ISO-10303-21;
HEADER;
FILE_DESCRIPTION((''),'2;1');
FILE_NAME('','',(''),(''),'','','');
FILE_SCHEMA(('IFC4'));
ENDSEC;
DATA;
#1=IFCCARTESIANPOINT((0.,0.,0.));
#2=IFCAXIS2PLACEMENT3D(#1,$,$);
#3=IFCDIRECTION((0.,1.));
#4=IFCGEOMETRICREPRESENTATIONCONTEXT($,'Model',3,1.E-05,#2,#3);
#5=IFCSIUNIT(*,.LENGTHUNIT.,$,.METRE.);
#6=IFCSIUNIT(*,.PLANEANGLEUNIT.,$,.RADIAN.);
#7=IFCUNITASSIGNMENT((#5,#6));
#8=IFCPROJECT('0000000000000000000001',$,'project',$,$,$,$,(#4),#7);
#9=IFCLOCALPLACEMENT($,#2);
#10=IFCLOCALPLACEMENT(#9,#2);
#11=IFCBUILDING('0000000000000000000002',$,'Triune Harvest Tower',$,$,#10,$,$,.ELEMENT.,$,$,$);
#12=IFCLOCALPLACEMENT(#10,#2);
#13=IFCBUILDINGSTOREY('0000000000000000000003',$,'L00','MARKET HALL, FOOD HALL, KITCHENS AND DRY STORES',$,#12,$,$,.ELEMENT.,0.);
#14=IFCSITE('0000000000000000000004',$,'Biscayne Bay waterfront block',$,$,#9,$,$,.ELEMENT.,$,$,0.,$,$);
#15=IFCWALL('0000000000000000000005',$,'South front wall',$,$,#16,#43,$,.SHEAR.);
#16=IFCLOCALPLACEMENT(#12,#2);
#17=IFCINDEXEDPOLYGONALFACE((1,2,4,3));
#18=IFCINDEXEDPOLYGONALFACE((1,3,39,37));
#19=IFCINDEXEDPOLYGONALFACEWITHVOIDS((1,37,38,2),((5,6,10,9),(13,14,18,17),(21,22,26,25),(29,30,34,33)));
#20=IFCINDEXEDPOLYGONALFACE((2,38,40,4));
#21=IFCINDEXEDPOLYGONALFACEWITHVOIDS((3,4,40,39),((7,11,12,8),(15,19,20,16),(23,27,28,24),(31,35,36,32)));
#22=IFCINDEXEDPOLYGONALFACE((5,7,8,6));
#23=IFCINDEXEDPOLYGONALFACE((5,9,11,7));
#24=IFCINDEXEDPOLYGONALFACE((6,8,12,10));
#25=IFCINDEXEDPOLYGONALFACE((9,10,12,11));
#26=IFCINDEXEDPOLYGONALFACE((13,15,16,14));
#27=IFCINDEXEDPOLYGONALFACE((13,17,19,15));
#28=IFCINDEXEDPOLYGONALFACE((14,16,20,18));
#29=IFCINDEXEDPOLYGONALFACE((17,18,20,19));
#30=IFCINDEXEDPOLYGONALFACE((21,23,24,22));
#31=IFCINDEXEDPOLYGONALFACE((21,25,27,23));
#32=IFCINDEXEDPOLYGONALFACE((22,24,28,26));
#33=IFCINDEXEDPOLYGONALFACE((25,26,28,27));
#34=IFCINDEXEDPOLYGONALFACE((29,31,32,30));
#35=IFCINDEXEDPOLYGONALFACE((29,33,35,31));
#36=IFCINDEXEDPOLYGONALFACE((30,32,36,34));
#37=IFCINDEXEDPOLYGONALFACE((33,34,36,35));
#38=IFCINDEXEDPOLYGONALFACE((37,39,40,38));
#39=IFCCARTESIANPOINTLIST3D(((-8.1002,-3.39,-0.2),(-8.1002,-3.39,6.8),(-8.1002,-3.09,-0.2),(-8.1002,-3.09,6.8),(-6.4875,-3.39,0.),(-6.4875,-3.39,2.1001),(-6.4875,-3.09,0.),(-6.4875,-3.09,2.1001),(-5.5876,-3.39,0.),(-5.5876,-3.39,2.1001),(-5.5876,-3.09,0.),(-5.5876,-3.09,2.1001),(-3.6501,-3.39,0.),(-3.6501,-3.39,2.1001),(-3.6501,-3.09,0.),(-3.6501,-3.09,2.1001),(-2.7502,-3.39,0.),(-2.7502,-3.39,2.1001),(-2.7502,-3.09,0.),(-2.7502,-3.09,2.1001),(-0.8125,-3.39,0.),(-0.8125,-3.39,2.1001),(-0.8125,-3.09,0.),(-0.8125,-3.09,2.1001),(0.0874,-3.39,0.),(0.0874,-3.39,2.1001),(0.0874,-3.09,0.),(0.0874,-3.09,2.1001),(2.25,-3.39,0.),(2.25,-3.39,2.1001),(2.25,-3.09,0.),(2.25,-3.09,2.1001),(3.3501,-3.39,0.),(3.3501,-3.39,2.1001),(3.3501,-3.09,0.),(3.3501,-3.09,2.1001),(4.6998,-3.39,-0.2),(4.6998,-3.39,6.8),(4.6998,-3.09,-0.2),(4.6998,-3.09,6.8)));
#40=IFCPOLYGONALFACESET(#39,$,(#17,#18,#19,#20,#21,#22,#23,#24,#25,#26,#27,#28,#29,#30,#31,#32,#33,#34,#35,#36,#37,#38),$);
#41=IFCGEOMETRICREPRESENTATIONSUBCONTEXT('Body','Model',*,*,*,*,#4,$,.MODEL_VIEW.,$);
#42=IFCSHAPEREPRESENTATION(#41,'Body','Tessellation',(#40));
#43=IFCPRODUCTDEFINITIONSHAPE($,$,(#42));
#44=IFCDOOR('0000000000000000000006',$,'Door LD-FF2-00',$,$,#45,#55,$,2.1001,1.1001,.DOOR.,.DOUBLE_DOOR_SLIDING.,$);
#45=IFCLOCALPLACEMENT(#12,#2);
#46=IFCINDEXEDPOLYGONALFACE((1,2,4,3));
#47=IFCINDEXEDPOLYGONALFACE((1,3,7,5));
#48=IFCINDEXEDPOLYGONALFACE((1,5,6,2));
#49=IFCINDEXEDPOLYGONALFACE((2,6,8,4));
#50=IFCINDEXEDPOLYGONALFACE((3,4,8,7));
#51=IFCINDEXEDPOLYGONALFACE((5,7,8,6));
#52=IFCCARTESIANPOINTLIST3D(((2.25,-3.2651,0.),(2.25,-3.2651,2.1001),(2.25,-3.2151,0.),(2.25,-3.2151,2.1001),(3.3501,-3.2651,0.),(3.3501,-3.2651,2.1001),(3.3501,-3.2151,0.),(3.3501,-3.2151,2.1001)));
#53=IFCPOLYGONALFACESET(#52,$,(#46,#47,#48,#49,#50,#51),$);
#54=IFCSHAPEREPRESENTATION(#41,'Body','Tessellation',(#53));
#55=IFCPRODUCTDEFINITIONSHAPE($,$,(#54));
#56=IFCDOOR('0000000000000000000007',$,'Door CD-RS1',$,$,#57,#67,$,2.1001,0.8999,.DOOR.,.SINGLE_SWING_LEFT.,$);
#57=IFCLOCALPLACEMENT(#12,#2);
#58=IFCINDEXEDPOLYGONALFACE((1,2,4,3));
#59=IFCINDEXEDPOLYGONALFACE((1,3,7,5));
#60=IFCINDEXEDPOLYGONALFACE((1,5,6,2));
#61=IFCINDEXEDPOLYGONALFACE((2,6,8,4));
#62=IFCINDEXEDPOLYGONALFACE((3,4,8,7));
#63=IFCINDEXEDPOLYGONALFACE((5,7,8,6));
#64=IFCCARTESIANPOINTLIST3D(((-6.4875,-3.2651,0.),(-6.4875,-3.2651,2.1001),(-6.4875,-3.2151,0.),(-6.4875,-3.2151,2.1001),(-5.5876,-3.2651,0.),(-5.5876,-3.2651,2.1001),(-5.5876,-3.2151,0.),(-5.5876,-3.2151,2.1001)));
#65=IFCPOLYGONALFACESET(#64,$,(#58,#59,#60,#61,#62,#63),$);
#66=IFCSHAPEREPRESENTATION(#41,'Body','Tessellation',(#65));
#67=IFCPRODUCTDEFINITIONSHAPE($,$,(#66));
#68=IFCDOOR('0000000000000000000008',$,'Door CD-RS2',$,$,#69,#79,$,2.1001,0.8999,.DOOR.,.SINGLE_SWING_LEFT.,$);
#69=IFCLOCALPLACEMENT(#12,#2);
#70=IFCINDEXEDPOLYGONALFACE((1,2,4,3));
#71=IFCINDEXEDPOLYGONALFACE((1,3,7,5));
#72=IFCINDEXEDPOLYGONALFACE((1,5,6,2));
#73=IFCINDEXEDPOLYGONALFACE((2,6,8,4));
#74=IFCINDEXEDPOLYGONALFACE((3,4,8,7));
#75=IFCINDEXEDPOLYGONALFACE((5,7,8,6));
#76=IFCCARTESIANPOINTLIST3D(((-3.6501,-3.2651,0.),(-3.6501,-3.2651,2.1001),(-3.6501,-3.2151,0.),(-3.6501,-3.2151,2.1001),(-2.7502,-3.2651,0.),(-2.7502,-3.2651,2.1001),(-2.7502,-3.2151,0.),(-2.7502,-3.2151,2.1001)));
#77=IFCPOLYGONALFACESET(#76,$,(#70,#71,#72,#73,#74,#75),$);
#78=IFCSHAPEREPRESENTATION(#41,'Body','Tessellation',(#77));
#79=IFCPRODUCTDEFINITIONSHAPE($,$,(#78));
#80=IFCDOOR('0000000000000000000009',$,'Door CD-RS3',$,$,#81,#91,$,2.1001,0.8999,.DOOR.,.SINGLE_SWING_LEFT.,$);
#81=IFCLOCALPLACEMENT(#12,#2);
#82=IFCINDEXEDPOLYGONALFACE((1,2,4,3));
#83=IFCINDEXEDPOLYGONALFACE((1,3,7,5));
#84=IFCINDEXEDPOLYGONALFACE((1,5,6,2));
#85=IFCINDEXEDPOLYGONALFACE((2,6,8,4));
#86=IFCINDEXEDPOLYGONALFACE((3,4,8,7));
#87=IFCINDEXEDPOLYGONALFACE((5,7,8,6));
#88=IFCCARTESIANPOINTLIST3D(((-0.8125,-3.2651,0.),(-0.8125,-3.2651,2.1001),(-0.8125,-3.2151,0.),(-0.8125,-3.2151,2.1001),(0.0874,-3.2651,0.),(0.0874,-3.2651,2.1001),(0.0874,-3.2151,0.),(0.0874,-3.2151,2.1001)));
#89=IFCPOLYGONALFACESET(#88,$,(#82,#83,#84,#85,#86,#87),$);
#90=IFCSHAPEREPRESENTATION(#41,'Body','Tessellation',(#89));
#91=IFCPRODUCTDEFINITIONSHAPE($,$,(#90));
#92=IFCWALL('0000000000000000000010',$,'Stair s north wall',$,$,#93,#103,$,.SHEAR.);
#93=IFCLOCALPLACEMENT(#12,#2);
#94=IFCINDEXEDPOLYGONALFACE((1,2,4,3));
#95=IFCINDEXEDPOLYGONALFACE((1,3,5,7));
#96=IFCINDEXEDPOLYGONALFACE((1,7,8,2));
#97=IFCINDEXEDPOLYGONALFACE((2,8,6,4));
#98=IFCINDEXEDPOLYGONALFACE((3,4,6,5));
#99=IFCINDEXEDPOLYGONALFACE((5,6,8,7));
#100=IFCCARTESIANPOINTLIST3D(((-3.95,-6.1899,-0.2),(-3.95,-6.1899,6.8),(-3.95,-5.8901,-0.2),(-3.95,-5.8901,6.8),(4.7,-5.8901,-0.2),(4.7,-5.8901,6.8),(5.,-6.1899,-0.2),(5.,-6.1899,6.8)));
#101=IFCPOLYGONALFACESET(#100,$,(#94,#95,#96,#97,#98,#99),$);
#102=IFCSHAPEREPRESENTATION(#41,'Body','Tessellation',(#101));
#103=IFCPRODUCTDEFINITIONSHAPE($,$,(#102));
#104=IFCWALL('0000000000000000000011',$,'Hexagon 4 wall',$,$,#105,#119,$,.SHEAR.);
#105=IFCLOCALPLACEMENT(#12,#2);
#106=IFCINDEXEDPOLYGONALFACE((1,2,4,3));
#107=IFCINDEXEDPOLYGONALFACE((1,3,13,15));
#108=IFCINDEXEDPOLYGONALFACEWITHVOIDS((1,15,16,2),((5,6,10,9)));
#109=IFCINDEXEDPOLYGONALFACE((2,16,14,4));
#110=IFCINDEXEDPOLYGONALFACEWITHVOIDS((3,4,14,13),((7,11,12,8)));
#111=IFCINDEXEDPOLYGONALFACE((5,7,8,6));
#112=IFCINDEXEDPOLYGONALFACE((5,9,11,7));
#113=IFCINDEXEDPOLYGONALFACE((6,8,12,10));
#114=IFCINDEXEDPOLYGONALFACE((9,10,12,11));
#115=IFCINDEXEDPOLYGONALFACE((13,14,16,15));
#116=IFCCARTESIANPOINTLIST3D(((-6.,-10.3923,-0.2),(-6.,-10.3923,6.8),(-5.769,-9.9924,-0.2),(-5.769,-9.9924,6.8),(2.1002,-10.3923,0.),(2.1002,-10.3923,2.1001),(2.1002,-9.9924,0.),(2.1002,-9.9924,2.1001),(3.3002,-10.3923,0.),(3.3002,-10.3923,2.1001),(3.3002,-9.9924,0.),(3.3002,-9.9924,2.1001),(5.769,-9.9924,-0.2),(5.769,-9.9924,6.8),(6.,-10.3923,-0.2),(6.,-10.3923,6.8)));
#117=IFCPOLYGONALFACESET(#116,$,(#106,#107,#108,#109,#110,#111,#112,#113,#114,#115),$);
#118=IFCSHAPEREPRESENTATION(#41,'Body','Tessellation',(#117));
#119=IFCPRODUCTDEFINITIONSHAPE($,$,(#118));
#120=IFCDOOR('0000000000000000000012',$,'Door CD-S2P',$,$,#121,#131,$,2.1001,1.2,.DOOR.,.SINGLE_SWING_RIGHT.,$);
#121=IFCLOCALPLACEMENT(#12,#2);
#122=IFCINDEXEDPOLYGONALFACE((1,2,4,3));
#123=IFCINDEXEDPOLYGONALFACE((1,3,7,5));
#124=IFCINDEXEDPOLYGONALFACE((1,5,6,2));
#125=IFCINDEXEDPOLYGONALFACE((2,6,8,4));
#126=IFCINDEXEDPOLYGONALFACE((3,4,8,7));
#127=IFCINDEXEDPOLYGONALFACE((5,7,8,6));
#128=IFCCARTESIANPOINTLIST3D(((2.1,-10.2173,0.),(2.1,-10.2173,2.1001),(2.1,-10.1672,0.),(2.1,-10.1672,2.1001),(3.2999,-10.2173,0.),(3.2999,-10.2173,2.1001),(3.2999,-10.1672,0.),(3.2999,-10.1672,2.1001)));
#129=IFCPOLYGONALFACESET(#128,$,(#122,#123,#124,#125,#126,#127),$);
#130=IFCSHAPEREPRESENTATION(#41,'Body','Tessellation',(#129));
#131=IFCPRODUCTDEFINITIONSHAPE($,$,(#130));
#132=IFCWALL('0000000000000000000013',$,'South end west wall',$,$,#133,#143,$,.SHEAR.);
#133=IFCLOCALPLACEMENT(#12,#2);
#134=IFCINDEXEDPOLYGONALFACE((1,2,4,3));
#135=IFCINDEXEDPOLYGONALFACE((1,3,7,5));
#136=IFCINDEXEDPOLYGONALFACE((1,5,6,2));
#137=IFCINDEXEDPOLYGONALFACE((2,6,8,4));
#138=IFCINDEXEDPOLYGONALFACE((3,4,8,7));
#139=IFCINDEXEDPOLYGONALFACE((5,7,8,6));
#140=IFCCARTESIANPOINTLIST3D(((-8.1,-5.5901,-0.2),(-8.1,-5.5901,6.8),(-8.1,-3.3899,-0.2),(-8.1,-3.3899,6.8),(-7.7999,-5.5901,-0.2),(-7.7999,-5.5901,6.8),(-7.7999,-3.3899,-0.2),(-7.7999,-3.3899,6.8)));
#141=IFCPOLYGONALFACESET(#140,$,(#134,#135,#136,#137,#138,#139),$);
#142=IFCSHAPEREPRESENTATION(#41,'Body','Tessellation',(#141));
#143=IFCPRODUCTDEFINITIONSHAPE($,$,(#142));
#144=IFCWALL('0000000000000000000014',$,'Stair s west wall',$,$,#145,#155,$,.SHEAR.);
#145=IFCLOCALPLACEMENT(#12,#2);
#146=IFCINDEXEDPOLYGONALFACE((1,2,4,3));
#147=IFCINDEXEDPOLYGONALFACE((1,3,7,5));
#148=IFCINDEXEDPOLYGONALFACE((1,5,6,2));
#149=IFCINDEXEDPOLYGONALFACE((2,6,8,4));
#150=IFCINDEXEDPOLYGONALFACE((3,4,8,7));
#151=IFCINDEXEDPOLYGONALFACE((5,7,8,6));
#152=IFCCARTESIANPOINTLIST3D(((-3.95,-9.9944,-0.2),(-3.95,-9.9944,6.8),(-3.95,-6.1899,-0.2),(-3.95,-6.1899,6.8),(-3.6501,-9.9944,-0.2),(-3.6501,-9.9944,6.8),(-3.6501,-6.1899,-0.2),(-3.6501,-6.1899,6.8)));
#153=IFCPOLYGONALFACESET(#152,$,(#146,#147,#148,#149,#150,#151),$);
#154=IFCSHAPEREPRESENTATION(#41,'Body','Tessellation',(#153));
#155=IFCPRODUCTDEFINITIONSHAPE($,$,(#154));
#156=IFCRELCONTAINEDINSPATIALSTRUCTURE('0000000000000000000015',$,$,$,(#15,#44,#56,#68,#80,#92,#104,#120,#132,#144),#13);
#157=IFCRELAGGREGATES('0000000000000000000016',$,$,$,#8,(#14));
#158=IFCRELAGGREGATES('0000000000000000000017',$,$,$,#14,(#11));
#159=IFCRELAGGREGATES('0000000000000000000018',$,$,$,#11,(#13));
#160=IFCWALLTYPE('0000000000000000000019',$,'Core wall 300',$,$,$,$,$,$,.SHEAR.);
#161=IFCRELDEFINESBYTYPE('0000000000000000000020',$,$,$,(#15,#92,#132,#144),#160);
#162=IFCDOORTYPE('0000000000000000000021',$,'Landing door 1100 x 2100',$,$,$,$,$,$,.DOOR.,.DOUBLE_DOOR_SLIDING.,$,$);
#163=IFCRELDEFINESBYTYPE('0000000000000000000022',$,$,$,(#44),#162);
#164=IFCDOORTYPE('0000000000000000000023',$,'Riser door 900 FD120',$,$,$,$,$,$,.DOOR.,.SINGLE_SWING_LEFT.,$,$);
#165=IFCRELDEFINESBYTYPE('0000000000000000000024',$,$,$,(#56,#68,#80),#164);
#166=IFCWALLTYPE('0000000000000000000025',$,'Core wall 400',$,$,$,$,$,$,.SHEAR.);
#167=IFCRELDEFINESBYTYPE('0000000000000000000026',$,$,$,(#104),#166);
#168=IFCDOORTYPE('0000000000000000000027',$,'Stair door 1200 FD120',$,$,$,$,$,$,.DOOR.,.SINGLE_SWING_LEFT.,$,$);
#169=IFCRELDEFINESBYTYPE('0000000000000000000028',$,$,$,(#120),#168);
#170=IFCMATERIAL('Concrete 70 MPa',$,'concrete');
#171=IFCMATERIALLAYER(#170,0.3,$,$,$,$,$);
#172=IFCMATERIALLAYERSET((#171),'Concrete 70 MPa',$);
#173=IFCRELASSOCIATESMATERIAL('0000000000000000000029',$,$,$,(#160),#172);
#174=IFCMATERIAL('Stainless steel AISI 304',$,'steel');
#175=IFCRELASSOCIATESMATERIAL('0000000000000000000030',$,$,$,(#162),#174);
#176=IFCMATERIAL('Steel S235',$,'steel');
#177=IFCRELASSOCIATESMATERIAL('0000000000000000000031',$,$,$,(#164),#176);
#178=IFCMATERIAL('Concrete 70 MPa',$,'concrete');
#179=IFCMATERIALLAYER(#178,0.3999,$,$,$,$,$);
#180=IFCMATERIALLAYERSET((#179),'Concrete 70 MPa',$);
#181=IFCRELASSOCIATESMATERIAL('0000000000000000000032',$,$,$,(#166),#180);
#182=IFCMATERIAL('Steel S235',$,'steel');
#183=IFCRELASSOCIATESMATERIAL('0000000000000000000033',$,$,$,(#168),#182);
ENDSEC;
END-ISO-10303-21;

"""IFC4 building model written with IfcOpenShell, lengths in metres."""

from ifc_helpers import new_model, si_unit, direction, frame, frame_2d, origin, place, context, subcontext, project, spatial, polyline, rectangle, outline, extrude, source, transform, mapped, material, layer, layer_set, type_object, element, fill, save


model = new_model("IFC4")

# Units and contexts
model_context = context("Model", 3, precision=1e-05, world=origin(), true_north=direction((0.0, 1.0)))
body_context = subcontext(model_context, "Body", "Model", "MODEL_VIEW")
ifc_project = project(units=[si_unit("LENGTHUNIT", "METRE"), si_unit("PLANEANGLEUNIT", "RADIAN")], contexts=[model_context])

# Site, building, storey
site_placement = place(None, origin())
site = spatial("IfcSite", under=ifc_project, at=site_placement, Name="Biscayne Bay waterfront block", CompositionType="ELEMENT", RefElevation=0.0)
building_placement = place(site_placement, origin())
building = spatial("IfcBuilding", under=site, at=building_placement, Name="Triune Harvest Tower", CompositionType="ELEMENT")
storey_placement = place(building_placement, origin())
storey = spatial("IfcBuildingStorey", under=building, at=storey_placement, Name="L00", Description="MARKET HALL, FOOD HALL, KITCHENS AND DRY STORES", CompositionType="ELEMENT", Elevation=0.0)

# Wall, openings, doors
ifc_material_1 = material(Name="Concrete 70 MPa", Category="concrete")
ifc_layer_1 = layer(ifc_material_1, 0.3)
ifc_layer_set_1 = layer_set([ifc_layer_1], Name="Concrete 70 MPa")
wall_type_1 = type_object("IfcWallType", Name="Core wall 300", PredefinedType="SHEAR", material=ifc_layer_set_1)
wall_1_placement = place(storey_placement, frame((-8.1001, -3.24, -0.2), z_axis=(0.0, 0.0, 1.0), x_axis=(1.0, 0.0, 0.0)))
wall_1 = element("IfcWall", 1, at=wall_1_placement, inside=storey, type_object=wall_type_1, Name="South front wall", PredefinedType="SHEAR", context=body_context, shape_type="SweptSolid", body=[
    extrude(rectangle(XDim=12.8, YDim=0.3, at=frame_2d((6.3999, 0.0))), origin(), (0.0, 0.0, 1.0), 7.0),
])
opening_1_placement = place(wall_1_placement, frame((1.6125, 0.0, 0.2)))
opening_1 = element("IfcOpeningElement", 2, at=opening_1_placement, cuts=wall_1, PredefinedType="OPENING", context=body_context, shape_type="SweptSolid", body=[
    extrude(rectangle(XDim=0.8999, YDim=2.1001, at=frame_2d((0.45, 1.05))), frame((0.0, 0.1602, 0.0), z_axis=(0.0, -1.0, 0.0), x_axis=(1.0, 0.0, 0.0)), (0.0, 0.0, 1.0), 0.3201),
])
opening_2_placement = place(wall_1_placement, frame((4.45, 0.0, 0.2)))
opening_2 = element("IfcOpeningElement", 3, at=opening_2_placement, cuts=wall_1, PredefinedType="OPENING", context=body_context, shape_type="SweptSolid", body=[
    extrude(rectangle(XDim=0.8999, YDim=2.1001, at=frame_2d((0.45, 1.05))), frame((0.0, 0.1602, 0.0), z_axis=(0.0, -1.0, 0.0), x_axis=(1.0, 0.0, 0.0)), (0.0, 0.0, 1.0), 0.3201),
])
opening_3_placement = place(wall_1_placement, frame((7.2876, 0.0, 0.2)))
opening_3 = element("IfcOpeningElement", 4, at=opening_3_placement, cuts=wall_1, PredefinedType="OPENING", context=body_context, shape_type="SweptSolid", body=[
    extrude(rectangle(XDim=0.8999, YDim=2.1001, at=frame_2d((0.45, 1.05))), frame((0.0, 0.1602, 0.0), z_axis=(0.0, -1.0, 0.0), x_axis=(1.0, 0.0, 0.0)), (0.0, 0.0, 1.0), 0.3201),
])
opening_4_placement = place(wall_1_placement, frame((10.3501, 0.0, 0.2)))
opening_4 = element("IfcOpeningElement", 5, at=opening_4_placement, cuts=wall_1, PredefinedType="OPENING", context=body_context, shape_type="SweptSolid", body=[
    extrude(rectangle(XDim=1.1001, YDim=2.1001, at=frame_2d((0.55, 1.05))), frame((0.0, 0.1602, 0.0), z_axis=(0.0, -1.0, 0.0), x_axis=(1.0, 0.0, 0.0)), (0.0, 0.0, 1.0), 0.3201),
])
ifc_material_2 = material(Name="Stainless steel AISI 304", Category="steel")
door_type_1 = type_object("IfcDoorType", Name="Landing door 1100 x 2100", OperationType="DOUBLE_DOOR_SLIDING", PredefinedType="DOOR", material=ifc_material_2)
door_1_placement = place(opening_4_placement, origin())
door_1 = element("IfcDoor", 6, at=door_1_placement, inside=storey, type_object=door_type_1, Name="Door LD-FF2-00", OperationType="DOUBLE_DOOR_SLIDING", OverallHeight=2.1001, OverallWidth=1.1001, PredefinedType="DOOR", context=body_context, shape_type="SweptSolid", body=[
    extrude(rectangle(XDim=1.1001, YDim=2.1001, at=frame_2d((0.55, 1.05))), frame((0.0, 0.0249, 0.0), z_axis=(0.0, -1.0, 0.0), x_axis=(1.0, 0.0, 0.0)), (0.0, 0.0, 1.0), 0.05),
])
fill(opening_4, door_1)
ifc_material_3 = material(Name="Steel S235", Category="steel")
door_type_2 = type_object("IfcDoorType", Name="Riser door 900 FD120", OperationType="SINGLE_SWING_LEFT", PredefinedType="DOOR", material=ifc_material_3)
door_2_placement = place(opening_1_placement, origin())
door_2 = element("IfcDoor", 7, at=door_2_placement, inside=storey, type_object=door_type_2, Name="Door CD-RS1", OperationType="SINGLE_SWING_LEFT", OverallHeight=2.1001, OverallWidth=0.8999, PredefinedType="DOOR", context=body_context, shape_type="SweptSolid", body=[
    extrude(rectangle(XDim=0.8999, YDim=2.1001, at=frame_2d((0.45, 1.05))), frame((0.0, 0.0249, 0.0), z_axis=(0.0, -1.0, 0.0), x_axis=(1.0, 0.0, 0.0)), (0.0, 0.0, 1.0), 0.05),
])
fill(opening_1, door_2)
door_3_placement = place(opening_2_placement, origin())
door_3 = element("IfcDoor", 8, at=door_3_placement, inside=storey, type_object=door_type_2, Name="Door CD-RS2", OperationType="SINGLE_SWING_LEFT", OverallHeight=2.1001, OverallWidth=0.8999, PredefinedType="DOOR", context=body_context, shape_type="SweptSolid", body=[
    extrude(rectangle(XDim=0.8999, YDim=2.1001, at=frame_2d((0.45, 1.05))), frame((0.0, 0.0249, 0.0), z_axis=(0.0, -1.0, 0.0), x_axis=(1.0, 0.0, 0.0)), (0.0, 0.0, 1.0), 0.05),
])
fill(opening_2, door_3)
door_4_placement = place(opening_3_placement, origin())
door_4 = element("IfcDoor", 9, at=door_4_placement, inside=storey, type_object=door_type_2, Name="Door CD-RS3", OperationType="SINGLE_SWING_LEFT", OverallHeight=2.1001, OverallWidth=0.8999, PredefinedType="DOOR", context=body_context, shape_type="SweptSolid", body=[
    extrude(rectangle(XDim=0.8999, YDim=2.1001, at=frame_2d((0.45, 1.05))), frame((0.0, 0.0249, 0.0), z_axis=(0.0, -1.0, 0.0), x_axis=(1.0, 0.0, 0.0)), (0.0, 0.0, 1.0), 0.05),
])
fill(opening_3, door_4)

# Wall
wall_2_placement = place(storey_placement, frame((-3.95, -6.04, -0.2), z_axis=(0.0, 0.0, 1.0), x_axis=(1.0, 0.0, 0.0)))
element("IfcWall", 10, at=wall_2_placement, inside=storey, type_object=wall_type_1, Name="Stair s north wall", PredefinedType="SHEAR", context=body_context, shape_type="SweptSolid", body=[
    extrude(outline(polyline([(0.0, -0.1499), (8.95, -0.1499), (8.6499, 0.1499), (0.0, 0.1499), (0.0, -0.1499)])), origin(), (0.0, 0.0, 1.0), 7.0),
])

# Wall, opening, door
ifc_material_4 = material(Name="Concrete 70 MPa", Category="concrete")
ifc_layer_2 = layer(ifc_material_4, 0.3999)
ifc_layer_set_2 = layer_set([ifc_layer_2], Name="Concrete 70 MPa")
wall_type_2 = type_object("IfcWallType", Name="Core wall 400", PredefinedType="SHEAR", material=ifc_layer_set_2)
shared_shape_1 = source(origin(), body_context, "Body", "SweptSolid", [
    extrude(outline(polyline([(-0.1155, -0.2), (11.8845, -0.2), (11.6536, 0.2), (0.1155, 0.2), (-0.1155, -0.2)])), origin(), (0.0, 0.0, 1.0), 7.0),
])
wall_3_placement = place(storey_placement, frame((-5.8845, -10.1924, -0.2), z_axis=(0.0, 0.0, 1.0), x_axis=(1.0, 0.0, 0.0)))
wall_3 = element("IfcWall", 11, at=wall_3_placement, inside=storey, type_object=wall_type_2, Name="Hexagon 4 wall", PredefinedType="SHEAR", context=body_context, shape_type="MappedRepresentation", body=[
    mapped(shared_shape_1, transform((0.0, 0.0, 0.0), scale=1.0)),
])
opening_5_placement = place(wall_3_placement, frame((7.9846, 0.0, 0.2)))
opening_5 = element("IfcOpeningElement", 12, at=opening_5_placement, cuts=wall_3, PredefinedType="OPENING", context=body_context, shape_type="SweptSolid", body=[
    extrude(rectangle(XDim=1.2, YDim=2.1001, at=frame_2d((0.6001, 1.05))), frame((0.0, 0.21, 0.0), z_axis=(0.0, -1.0, 0.0), x_axis=(1.0, 0.0, 0.0)), (0.0, 0.0, 1.0), 0.4199),
])
ifc_material_5 = material(Name="Steel S235", Category="steel")
door_type_3 = type_object("IfcDoorType", Name="Stair door 1200 FD120", OperationType="SINGLE_SWING_LEFT", PredefinedType="DOOR", material=ifc_material_5)
door_5_placement = place(opening_5_placement, frame((1.2, 0.0, 0.0), z_axis=(0.0, 0.0, 1.0), x_axis=(-1.0, 0.0, 0.0)))
door_5 = element("IfcDoor", 13, at=door_5_placement, inside=storey, type_object=door_type_3, Name="Door CD-S2P", OperationType="SINGLE_SWING_RIGHT", OverallHeight=2.1001, OverallWidth=1.2, PredefinedType="DOOR", context=body_context, shape_type="SweptSolid", body=[
    extrude(rectangle(XDim=1.2, YDim=2.1001, at=frame_2d((0.6001, 1.05))), frame((0.0, 0.0249, 0.0), z_axis=(0.0, -1.0, 0.0), x_axis=(1.0, 0.0, 0.0)), (0.0, 0.0, 1.0), 0.05),
])
fill(opening_5, door_5)

# Walls
shared_shape_2 = source(origin(), body_context, "Body", "SweptSolid", [
    extrude(rectangle(XDim=2.2002, YDim=0.3, at=frame_2d((1.1001, 0.0))), origin(), (0.0, 0.0, 1.0), 7.0),
])
wall_4_placement = place(storey_placement, frame((-7.95, -5.5901, -0.2), z_axis=(0.0, 0.0, 1.0), x_axis=(0.0, 1.0, 0.0)))
element("IfcWall", 14, at=wall_4_placement, inside=storey, type_object=wall_type_1, Name="South end west wall", PredefinedType="SHEAR", context=body_context, shape_type="MappedRepresentation", body=[
    mapped(shared_shape_2, transform((0.0, 0.0, 0.0), scale=1.0)),
])
shared_shape_3 = source(origin(), body_context, "Body", "SweptSolid", [
    extrude(outline(polyline([(3.8, -0.1499), (-0.0044, -0.1499), (-0.0044, 0.1499), (3.8, 0.1499), (3.8, -0.1499)])), origin(), (0.0, 0.0, 1.0), 7.0),
])
wall_5_placement = place(storey_placement, frame((-3.8, -9.99, -0.2), z_axis=(0.0, 0.0, 1.0), x_axis=(0.0, 1.0, 0.0)))
element("IfcWall", 15, at=wall_5_placement, inside=storey, type_object=wall_type_1, Name="Stair s west wall", PredefinedType="SHEAR", context=body_context, shape_type="MappedRepresentation", body=[
    mapped(shared_shape_3, transform((0.0, 0.0, 0.0), scale=1.0)),
])

save(model, "model.ifc")
